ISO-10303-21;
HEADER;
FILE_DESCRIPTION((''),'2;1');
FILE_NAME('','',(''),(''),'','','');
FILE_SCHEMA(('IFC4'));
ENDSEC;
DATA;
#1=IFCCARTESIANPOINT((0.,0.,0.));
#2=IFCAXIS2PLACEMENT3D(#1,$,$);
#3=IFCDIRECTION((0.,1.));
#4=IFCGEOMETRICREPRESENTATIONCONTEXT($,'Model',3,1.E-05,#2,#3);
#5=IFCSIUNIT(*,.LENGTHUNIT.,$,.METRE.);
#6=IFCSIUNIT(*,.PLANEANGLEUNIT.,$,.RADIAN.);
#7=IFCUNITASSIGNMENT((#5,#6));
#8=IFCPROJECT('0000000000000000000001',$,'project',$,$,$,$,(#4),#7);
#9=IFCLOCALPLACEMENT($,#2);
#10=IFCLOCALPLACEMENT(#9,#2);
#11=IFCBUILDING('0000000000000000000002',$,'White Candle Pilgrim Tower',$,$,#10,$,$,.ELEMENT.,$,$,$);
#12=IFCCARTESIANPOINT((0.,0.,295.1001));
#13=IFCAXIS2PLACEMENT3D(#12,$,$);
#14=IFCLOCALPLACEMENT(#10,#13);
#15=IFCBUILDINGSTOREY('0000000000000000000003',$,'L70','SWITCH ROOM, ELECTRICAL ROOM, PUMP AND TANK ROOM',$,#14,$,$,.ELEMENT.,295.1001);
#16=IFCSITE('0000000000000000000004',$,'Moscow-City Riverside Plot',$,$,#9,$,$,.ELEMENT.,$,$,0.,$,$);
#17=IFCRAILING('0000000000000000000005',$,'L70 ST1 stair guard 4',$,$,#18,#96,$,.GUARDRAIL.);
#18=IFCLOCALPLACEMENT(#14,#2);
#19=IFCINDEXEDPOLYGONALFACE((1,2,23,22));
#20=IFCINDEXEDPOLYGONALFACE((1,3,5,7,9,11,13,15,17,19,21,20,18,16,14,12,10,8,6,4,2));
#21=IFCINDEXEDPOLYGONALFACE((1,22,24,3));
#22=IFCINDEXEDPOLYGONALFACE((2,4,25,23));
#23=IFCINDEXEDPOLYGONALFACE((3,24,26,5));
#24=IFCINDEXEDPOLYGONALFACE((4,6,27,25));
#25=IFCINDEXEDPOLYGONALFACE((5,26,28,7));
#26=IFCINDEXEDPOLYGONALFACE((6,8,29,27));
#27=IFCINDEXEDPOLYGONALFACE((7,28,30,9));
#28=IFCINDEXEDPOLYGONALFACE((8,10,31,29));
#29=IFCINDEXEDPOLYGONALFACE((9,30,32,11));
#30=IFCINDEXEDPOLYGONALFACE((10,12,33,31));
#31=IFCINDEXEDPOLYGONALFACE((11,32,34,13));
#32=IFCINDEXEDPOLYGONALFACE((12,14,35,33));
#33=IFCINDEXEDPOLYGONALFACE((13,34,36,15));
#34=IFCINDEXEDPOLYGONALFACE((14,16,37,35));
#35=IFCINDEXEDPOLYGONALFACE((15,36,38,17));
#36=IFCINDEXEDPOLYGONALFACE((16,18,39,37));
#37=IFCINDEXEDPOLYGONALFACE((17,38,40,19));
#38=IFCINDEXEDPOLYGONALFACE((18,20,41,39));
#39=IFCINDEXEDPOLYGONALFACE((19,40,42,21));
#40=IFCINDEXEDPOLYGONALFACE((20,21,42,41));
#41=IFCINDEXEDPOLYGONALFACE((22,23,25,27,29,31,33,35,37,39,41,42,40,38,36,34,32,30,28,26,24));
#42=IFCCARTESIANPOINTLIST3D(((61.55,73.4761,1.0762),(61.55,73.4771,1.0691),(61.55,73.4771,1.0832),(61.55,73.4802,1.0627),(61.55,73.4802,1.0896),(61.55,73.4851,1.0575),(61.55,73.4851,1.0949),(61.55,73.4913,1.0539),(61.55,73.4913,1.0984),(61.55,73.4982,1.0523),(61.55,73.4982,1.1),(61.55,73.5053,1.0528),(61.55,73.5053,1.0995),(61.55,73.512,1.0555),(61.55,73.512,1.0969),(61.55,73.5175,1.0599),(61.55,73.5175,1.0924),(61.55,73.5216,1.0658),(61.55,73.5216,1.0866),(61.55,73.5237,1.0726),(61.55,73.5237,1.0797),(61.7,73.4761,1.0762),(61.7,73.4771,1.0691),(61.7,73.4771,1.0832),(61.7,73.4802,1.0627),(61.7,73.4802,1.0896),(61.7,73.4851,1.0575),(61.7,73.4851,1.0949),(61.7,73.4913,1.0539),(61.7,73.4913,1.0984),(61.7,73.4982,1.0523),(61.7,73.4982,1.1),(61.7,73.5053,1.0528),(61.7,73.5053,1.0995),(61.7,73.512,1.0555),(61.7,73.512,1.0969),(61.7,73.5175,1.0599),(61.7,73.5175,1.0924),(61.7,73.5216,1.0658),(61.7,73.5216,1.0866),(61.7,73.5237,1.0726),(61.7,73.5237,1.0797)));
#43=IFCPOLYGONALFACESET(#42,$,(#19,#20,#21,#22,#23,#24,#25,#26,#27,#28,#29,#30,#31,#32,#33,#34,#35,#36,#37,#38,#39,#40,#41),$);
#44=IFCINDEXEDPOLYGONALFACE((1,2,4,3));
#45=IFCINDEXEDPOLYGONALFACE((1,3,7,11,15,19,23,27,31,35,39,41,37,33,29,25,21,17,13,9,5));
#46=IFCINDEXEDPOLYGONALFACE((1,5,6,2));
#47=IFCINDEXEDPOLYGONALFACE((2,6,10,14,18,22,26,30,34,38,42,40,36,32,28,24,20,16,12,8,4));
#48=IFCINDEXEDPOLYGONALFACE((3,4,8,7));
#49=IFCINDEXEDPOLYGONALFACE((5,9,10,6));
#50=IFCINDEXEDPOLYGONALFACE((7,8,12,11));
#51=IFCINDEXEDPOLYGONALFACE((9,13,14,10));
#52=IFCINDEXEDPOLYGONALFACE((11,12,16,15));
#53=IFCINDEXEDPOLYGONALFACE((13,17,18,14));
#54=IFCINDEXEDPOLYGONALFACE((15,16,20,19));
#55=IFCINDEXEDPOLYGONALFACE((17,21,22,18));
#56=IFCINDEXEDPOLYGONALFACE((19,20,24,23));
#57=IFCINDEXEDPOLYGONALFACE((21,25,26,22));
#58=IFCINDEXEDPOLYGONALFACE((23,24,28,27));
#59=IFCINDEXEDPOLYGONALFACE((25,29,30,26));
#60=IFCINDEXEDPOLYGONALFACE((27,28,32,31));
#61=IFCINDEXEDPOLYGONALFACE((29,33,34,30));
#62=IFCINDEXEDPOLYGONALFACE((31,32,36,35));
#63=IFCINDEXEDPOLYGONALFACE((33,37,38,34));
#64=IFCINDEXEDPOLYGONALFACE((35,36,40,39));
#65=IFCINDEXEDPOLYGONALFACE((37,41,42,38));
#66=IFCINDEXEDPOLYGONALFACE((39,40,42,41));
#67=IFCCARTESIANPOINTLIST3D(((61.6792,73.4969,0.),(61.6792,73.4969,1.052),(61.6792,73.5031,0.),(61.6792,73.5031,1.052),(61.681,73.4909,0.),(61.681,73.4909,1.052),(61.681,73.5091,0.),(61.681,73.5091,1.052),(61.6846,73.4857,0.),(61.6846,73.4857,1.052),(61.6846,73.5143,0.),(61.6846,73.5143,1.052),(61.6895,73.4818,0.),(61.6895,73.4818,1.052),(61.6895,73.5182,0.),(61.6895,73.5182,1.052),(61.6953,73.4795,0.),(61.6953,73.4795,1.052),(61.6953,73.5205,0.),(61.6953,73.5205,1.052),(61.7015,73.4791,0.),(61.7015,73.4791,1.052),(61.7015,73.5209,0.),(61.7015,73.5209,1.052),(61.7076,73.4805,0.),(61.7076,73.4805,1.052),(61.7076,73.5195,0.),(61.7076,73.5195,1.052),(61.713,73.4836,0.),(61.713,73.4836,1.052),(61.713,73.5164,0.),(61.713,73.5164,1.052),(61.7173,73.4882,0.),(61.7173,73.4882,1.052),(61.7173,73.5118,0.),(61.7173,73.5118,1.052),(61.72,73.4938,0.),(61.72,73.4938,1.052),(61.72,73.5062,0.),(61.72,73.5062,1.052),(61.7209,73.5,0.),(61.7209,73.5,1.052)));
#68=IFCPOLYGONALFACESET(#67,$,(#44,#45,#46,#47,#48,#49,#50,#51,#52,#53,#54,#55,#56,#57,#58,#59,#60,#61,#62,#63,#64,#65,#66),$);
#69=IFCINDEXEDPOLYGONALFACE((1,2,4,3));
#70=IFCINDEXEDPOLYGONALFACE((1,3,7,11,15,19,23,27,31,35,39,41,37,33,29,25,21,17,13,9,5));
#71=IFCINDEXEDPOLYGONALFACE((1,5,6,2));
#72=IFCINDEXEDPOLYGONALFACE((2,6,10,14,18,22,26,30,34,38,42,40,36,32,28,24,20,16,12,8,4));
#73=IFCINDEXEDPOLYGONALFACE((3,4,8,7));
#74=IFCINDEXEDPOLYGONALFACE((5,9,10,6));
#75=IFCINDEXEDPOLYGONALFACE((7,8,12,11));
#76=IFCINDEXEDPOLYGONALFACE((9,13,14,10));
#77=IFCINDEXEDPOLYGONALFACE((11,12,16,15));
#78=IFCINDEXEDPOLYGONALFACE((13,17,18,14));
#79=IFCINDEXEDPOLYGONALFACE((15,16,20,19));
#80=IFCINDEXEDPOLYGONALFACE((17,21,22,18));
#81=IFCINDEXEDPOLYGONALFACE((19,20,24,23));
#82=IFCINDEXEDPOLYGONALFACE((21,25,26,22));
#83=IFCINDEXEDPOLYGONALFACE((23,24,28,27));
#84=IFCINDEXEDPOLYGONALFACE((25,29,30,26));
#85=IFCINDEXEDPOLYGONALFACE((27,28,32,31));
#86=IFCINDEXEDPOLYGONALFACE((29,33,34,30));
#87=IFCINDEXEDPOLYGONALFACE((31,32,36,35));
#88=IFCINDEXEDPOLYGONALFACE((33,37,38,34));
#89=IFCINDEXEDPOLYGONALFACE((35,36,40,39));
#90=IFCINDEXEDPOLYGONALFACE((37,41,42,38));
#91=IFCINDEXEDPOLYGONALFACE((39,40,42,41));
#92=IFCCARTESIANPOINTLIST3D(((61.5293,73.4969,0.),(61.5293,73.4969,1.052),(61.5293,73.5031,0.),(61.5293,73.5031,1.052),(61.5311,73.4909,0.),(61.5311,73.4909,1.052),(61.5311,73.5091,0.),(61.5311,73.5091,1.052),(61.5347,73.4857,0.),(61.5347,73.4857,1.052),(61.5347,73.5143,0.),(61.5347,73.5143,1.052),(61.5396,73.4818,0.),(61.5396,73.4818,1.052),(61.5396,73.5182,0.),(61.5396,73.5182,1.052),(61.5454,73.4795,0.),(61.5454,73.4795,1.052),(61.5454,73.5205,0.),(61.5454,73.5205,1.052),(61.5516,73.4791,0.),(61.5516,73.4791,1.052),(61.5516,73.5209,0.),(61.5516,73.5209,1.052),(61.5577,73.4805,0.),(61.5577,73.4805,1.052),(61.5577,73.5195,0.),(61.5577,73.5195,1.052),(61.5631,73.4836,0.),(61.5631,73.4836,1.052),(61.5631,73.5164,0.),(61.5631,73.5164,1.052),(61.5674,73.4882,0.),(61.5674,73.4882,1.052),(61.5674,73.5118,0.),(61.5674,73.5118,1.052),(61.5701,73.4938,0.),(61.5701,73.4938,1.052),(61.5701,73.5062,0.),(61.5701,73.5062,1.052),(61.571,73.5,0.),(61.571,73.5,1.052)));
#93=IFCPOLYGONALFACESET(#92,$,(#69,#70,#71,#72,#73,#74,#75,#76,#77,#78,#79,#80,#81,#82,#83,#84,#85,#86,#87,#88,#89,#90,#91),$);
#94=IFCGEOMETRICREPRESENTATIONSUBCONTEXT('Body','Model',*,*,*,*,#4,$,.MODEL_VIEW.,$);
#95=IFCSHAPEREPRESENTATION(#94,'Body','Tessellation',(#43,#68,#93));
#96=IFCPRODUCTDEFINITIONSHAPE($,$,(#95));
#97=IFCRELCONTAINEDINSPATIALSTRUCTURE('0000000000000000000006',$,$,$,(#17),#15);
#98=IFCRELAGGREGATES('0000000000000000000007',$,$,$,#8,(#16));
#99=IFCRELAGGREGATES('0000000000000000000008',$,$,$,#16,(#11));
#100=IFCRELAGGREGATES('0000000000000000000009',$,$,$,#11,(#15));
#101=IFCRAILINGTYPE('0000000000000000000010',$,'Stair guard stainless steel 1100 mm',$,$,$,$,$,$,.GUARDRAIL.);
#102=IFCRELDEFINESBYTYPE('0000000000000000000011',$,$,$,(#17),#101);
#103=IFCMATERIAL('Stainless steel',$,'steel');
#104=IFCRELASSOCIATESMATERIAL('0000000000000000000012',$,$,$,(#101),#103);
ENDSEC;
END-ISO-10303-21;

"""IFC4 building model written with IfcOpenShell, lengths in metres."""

from ifc_helpers import new_model, si_unit, direction, frame, origin, origin_2d, place, context, subcontext, project, spatial, circle, extrude, material, type_object, element, save


model = new_model("IFC4")

# Units and contexts
model_context = context("Model", 3, precision=1e-05, world=origin(), true_north=direction((0.0, 1.0)))
body_context = subcontext(model_context, "Body", "Model", "MODEL_VIEW")
ifc_project = project(units=[si_unit("LENGTHUNIT", "METRE"), si_unit("PLANEANGLEUNIT", "RADIAN")], contexts=[model_context])

# Site, building, storey
site_placement = place(None, origin())
site = spatial("IfcSite", under=ifc_project, at=site_placement, Name="Moscow-City Riverside Plot", CompositionType="ELEMENT", RefElevation=0.0)
building_placement = place(site_placement, origin())
building = spatial("IfcBuilding", under=site, at=building_placement, Name="White Candle Pilgrim Tower", CompositionType="ELEMENT")
storey_placement = place(building_placement, frame((0.0, 0.0, 295.1001)))
storey = spatial("IfcBuildingStorey", under=building, at=storey_placement, Name="L70", Description="SWITCH ROOM, ELECTRICAL ROOM, PUMP AND TANK ROOM", CompositionType="ELEMENT", Elevation=295.1001)

# Railing
ifc_material_1 = material(Name="Stainless steel", Category="steel")
railing_type_1 = type_object("IfcRailingType", Name="Stair guard stainless steel 1100 mm", PredefinedType="GUARDRAIL", material=ifc_material_1)
railing_1_placement = place(storey_placement, frame((61.7, 73.5, 0.0)))
element("IfcRailing", 1, at=railing_1_placement, inside=storey, type_object=railing_type_1, Name="L70 ST1 stair guard 4", PredefinedType="GUARDRAIL", context=body_context, shape_type="SweptSolid", body=[
    extrude(circle(Radius=0.0239, at=origin_2d()), frame((0.0, 0.0, 1.0762), z_axis=(-1.0, 0.0, 0.0), x_axis=(0.0, -1.0, 0.0)), (0.0, 0.0, 1.0), 0.1499),
    extrude(circle(Radius=0.021, at=origin_2d()), origin(), (0.0, 0.0, 1.0), 1.052),
    extrude(circle(Radius=0.021, at=origin_2d()), frame((-0.1499, 0.0, 0.0)), (0.0, 0.0, 1.0), 1.052),
])

save(model, "model.ifc")
